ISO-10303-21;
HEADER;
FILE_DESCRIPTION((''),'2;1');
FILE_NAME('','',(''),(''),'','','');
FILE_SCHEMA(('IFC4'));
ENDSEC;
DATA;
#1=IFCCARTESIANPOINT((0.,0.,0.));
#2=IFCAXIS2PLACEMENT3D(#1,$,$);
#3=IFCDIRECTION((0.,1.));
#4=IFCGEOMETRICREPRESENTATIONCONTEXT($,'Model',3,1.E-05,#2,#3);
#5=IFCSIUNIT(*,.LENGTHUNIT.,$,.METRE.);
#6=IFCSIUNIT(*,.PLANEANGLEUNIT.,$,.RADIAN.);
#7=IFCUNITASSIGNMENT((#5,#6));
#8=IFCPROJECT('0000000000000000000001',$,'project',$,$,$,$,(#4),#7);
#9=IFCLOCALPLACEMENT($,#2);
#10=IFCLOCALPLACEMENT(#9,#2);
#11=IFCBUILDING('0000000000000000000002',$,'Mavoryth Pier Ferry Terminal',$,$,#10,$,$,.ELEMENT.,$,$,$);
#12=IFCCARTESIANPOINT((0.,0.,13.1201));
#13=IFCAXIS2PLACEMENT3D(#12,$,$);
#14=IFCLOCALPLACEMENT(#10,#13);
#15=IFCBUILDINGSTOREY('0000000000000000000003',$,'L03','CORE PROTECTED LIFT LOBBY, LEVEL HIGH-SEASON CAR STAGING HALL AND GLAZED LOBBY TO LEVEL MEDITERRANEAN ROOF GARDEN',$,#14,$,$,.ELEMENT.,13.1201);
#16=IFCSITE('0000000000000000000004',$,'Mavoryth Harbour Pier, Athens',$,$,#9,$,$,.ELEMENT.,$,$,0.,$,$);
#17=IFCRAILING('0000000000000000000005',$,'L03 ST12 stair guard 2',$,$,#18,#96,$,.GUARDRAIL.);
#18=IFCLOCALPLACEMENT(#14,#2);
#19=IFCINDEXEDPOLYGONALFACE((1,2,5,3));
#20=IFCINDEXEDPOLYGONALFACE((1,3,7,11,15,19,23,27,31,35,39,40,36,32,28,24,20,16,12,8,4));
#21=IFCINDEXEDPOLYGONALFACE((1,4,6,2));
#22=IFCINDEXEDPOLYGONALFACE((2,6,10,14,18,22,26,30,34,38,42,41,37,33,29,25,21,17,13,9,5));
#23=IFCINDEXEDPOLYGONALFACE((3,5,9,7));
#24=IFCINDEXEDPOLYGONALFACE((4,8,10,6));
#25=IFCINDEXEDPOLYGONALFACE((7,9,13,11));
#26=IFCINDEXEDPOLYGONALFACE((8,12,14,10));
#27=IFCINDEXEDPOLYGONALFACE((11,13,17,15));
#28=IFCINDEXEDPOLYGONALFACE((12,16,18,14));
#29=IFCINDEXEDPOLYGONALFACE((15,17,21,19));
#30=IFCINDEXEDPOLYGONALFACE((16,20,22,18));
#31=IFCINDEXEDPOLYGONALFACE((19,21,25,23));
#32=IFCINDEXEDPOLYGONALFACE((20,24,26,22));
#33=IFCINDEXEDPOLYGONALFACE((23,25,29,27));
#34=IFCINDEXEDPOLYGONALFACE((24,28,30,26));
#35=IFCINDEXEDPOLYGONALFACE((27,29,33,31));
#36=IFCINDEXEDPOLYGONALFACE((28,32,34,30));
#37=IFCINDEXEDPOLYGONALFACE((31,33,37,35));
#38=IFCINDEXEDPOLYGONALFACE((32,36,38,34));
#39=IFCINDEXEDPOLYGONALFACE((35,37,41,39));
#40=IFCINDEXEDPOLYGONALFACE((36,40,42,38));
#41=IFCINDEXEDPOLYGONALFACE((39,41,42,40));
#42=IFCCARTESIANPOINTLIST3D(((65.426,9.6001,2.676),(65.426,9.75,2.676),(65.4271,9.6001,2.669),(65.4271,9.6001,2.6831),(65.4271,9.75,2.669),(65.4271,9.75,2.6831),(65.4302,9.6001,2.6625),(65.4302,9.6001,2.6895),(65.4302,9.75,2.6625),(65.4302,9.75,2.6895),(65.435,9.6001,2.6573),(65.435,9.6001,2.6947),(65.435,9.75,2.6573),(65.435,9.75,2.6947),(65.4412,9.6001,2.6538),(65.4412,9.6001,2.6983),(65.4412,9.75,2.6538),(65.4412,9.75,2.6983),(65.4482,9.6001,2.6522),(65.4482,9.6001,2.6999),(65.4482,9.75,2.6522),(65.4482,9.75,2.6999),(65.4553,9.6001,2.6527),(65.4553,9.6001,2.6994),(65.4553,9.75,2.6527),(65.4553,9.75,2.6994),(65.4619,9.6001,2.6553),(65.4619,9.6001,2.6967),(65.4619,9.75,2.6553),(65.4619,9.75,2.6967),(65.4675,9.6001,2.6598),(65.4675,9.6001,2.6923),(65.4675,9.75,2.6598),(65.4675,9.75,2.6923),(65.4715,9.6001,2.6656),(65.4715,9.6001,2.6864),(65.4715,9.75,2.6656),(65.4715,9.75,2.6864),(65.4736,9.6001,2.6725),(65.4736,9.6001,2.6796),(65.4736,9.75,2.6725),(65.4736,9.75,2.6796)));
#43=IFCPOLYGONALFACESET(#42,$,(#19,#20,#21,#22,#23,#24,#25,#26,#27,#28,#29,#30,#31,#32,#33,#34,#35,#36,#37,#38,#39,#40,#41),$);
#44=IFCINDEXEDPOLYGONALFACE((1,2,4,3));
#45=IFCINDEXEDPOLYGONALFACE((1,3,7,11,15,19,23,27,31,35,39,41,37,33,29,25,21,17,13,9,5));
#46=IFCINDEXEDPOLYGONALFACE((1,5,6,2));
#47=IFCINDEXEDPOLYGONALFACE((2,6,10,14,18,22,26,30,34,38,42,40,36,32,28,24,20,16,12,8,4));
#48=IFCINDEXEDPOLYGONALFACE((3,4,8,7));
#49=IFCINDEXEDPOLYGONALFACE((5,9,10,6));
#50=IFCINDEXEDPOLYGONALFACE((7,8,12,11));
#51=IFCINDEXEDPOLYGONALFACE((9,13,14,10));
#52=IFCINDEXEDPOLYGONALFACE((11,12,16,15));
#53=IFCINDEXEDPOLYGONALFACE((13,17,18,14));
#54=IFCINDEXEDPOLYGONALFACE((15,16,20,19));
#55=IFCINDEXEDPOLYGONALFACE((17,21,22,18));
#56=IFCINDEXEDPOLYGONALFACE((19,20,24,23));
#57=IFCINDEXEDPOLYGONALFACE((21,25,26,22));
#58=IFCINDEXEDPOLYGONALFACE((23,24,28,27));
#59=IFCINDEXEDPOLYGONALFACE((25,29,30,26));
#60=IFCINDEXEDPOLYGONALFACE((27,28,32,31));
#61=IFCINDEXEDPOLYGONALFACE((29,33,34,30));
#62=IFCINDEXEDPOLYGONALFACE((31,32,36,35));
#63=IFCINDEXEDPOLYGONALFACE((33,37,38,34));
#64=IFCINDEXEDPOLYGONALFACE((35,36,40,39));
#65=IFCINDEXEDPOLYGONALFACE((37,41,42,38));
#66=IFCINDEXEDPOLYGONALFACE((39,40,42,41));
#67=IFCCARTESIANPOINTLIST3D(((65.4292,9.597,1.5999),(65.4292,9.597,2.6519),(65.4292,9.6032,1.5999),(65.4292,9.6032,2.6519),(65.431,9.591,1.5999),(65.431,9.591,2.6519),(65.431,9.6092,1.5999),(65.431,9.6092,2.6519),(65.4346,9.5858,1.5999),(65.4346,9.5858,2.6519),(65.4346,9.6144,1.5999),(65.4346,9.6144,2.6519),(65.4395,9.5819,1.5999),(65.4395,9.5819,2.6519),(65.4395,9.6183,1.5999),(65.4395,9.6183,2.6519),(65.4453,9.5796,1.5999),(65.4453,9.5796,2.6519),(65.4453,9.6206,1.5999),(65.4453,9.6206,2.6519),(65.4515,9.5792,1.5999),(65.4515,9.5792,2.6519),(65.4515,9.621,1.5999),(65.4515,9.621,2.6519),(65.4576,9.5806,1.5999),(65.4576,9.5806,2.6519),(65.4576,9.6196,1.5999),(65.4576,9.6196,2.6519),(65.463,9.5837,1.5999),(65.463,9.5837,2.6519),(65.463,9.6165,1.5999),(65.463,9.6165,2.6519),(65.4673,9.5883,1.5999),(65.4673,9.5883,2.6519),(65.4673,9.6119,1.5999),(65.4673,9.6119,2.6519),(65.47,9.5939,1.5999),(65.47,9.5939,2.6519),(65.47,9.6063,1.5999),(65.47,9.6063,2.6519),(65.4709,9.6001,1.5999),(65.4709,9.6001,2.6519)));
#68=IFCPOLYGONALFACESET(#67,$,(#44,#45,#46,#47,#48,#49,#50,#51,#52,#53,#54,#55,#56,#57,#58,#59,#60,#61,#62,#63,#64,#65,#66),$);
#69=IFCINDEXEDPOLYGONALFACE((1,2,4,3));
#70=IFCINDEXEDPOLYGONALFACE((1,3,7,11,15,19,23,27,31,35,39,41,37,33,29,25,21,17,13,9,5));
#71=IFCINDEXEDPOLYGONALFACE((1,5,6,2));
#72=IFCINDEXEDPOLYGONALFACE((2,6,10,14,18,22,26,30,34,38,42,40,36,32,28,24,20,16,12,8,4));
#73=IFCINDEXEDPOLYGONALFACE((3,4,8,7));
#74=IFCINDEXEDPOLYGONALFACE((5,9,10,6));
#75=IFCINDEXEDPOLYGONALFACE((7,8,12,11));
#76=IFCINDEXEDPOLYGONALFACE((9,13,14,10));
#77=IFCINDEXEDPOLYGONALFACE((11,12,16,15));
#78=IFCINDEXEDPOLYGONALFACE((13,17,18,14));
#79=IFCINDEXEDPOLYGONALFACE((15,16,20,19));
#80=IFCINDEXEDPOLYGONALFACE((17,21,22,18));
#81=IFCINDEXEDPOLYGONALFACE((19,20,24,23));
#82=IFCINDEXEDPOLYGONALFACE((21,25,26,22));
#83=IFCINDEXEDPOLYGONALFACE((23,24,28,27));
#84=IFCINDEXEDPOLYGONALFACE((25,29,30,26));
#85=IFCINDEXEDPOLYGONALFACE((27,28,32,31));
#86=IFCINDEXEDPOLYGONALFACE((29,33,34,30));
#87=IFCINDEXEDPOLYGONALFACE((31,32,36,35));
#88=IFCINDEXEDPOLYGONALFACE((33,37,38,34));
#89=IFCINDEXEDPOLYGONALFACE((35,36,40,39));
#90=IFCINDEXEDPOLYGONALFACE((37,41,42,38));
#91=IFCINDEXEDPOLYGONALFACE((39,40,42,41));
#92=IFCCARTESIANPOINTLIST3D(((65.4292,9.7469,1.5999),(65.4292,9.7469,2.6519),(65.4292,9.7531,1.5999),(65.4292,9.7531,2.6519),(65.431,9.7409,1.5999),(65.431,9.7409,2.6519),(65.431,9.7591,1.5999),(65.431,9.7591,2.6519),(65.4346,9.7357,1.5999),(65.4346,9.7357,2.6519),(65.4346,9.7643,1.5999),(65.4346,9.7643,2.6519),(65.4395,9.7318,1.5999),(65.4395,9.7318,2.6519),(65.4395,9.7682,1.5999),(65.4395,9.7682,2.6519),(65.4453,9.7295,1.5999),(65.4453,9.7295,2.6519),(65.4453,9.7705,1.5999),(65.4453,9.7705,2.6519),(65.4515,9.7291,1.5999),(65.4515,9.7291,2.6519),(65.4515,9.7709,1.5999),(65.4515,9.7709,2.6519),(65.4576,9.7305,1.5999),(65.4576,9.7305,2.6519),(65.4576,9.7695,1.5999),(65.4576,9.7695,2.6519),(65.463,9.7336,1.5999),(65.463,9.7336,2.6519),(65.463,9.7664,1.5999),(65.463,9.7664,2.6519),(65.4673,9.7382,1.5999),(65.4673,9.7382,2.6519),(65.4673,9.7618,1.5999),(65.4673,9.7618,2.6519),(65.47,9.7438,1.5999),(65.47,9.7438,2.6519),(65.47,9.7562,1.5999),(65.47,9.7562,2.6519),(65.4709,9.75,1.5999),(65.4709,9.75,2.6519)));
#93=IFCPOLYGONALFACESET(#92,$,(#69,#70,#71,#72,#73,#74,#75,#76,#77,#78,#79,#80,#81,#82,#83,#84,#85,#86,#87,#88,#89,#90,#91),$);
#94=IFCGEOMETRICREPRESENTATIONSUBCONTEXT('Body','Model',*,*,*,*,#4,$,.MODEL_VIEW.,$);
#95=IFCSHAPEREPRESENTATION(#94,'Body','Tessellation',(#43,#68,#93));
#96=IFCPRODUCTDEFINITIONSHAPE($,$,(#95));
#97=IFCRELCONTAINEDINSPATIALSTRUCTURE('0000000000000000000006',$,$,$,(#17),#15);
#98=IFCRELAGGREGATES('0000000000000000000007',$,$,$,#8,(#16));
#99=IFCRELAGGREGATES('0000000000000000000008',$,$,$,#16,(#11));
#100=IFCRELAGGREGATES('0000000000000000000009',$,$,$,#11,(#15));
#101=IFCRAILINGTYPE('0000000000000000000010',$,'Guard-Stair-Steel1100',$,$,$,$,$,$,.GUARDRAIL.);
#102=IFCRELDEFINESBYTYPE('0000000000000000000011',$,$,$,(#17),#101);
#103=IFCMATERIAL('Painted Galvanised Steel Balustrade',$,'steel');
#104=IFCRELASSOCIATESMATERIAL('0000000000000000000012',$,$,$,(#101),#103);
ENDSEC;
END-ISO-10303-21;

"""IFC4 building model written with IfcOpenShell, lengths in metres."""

from ifc_helpers import new_model, si_unit, direction, frame, origin, origin_2d, place, context, subcontext, project, spatial, circle, extrude, material, type_object, element, save


model = new_model("IFC4")

# Units and contexts
model_context = context("Model", 3, precision=1e-05, world=origin(), true_north=direction((0.0, 1.0)))
body_context = subcontext(model_context, "Body", "Model", "MODEL_VIEW")
ifc_project = project(units=[si_unit("LENGTHUNIT", "METRE"), si_unit("PLANEANGLEUNIT", "RADIAN")], contexts=[model_context])

# Site, building, storey
site_placement = place(None, origin())
site = spatial("IfcSite", under=ifc_project, at=site_placement, Name="Mavoryth Harbour Pier, Athens", CompositionType="ELEMENT", RefElevation=0.0)
building_placement = place(site_placement, origin())
building = spatial("IfcBuilding", under=site, at=building_placement, Name="Mavoryth Pier Ferry Terminal", CompositionType="ELEMENT")
storey_placement = place(building_placement, frame((0.0, 0.0, 13.1201)))
storey = spatial("IfcBuildingStorey", under=building, at=storey_placement, Name="L03", Description="CORE PROTECTED LIFT LOBBY, LEVEL HIGH-SEASON CAR STAGING HALL AND GLAZED LOBBY TO LEVEL MEDITERRANEAN ROOF GARDEN", CompositionType="ELEMENT", Elevation=13.1201)

# Railing
ifc_material_1 = material(Name="Painted Galvanised Steel Balustrade", Category="steel")
railing_type_1 = type_object("IfcRailingType", Name="Guard-Stair-Steel1100", PredefinedType="GUARDRAIL", material=ifc_material_1)
railing_1_placement = place(storey_placement, frame((65.45, 9.6001, 1.5999)))
element("IfcRailing", 1, at=railing_1_placement, inside=storey, type_object=railing_type_1, Name="L03 ST12 stair guard 2", PredefinedType="GUARDRAIL", context=body_context, shape_type="SweptSolid", body=[
    extrude(circle(Radius=0.0239, at=origin_2d()), frame((0.0, 0.0, 1.0762), z_axis=(0.0, 1.0, 0.0), x_axis=(-1.0, 0.0, 0.0)), (0.0, 0.0, 1.0), 0.1499),
    extrude(circle(Radius=0.021, at=origin_2d()), origin(), (0.0, 0.0, 1.0), 1.052),
    extrude(circle(Radius=0.021, at=origin_2d()), frame((0.0, 0.1499, 0.0)), (0.0, 0.0, 1.0), 1.052),
])

save(model, "model.ifc")
